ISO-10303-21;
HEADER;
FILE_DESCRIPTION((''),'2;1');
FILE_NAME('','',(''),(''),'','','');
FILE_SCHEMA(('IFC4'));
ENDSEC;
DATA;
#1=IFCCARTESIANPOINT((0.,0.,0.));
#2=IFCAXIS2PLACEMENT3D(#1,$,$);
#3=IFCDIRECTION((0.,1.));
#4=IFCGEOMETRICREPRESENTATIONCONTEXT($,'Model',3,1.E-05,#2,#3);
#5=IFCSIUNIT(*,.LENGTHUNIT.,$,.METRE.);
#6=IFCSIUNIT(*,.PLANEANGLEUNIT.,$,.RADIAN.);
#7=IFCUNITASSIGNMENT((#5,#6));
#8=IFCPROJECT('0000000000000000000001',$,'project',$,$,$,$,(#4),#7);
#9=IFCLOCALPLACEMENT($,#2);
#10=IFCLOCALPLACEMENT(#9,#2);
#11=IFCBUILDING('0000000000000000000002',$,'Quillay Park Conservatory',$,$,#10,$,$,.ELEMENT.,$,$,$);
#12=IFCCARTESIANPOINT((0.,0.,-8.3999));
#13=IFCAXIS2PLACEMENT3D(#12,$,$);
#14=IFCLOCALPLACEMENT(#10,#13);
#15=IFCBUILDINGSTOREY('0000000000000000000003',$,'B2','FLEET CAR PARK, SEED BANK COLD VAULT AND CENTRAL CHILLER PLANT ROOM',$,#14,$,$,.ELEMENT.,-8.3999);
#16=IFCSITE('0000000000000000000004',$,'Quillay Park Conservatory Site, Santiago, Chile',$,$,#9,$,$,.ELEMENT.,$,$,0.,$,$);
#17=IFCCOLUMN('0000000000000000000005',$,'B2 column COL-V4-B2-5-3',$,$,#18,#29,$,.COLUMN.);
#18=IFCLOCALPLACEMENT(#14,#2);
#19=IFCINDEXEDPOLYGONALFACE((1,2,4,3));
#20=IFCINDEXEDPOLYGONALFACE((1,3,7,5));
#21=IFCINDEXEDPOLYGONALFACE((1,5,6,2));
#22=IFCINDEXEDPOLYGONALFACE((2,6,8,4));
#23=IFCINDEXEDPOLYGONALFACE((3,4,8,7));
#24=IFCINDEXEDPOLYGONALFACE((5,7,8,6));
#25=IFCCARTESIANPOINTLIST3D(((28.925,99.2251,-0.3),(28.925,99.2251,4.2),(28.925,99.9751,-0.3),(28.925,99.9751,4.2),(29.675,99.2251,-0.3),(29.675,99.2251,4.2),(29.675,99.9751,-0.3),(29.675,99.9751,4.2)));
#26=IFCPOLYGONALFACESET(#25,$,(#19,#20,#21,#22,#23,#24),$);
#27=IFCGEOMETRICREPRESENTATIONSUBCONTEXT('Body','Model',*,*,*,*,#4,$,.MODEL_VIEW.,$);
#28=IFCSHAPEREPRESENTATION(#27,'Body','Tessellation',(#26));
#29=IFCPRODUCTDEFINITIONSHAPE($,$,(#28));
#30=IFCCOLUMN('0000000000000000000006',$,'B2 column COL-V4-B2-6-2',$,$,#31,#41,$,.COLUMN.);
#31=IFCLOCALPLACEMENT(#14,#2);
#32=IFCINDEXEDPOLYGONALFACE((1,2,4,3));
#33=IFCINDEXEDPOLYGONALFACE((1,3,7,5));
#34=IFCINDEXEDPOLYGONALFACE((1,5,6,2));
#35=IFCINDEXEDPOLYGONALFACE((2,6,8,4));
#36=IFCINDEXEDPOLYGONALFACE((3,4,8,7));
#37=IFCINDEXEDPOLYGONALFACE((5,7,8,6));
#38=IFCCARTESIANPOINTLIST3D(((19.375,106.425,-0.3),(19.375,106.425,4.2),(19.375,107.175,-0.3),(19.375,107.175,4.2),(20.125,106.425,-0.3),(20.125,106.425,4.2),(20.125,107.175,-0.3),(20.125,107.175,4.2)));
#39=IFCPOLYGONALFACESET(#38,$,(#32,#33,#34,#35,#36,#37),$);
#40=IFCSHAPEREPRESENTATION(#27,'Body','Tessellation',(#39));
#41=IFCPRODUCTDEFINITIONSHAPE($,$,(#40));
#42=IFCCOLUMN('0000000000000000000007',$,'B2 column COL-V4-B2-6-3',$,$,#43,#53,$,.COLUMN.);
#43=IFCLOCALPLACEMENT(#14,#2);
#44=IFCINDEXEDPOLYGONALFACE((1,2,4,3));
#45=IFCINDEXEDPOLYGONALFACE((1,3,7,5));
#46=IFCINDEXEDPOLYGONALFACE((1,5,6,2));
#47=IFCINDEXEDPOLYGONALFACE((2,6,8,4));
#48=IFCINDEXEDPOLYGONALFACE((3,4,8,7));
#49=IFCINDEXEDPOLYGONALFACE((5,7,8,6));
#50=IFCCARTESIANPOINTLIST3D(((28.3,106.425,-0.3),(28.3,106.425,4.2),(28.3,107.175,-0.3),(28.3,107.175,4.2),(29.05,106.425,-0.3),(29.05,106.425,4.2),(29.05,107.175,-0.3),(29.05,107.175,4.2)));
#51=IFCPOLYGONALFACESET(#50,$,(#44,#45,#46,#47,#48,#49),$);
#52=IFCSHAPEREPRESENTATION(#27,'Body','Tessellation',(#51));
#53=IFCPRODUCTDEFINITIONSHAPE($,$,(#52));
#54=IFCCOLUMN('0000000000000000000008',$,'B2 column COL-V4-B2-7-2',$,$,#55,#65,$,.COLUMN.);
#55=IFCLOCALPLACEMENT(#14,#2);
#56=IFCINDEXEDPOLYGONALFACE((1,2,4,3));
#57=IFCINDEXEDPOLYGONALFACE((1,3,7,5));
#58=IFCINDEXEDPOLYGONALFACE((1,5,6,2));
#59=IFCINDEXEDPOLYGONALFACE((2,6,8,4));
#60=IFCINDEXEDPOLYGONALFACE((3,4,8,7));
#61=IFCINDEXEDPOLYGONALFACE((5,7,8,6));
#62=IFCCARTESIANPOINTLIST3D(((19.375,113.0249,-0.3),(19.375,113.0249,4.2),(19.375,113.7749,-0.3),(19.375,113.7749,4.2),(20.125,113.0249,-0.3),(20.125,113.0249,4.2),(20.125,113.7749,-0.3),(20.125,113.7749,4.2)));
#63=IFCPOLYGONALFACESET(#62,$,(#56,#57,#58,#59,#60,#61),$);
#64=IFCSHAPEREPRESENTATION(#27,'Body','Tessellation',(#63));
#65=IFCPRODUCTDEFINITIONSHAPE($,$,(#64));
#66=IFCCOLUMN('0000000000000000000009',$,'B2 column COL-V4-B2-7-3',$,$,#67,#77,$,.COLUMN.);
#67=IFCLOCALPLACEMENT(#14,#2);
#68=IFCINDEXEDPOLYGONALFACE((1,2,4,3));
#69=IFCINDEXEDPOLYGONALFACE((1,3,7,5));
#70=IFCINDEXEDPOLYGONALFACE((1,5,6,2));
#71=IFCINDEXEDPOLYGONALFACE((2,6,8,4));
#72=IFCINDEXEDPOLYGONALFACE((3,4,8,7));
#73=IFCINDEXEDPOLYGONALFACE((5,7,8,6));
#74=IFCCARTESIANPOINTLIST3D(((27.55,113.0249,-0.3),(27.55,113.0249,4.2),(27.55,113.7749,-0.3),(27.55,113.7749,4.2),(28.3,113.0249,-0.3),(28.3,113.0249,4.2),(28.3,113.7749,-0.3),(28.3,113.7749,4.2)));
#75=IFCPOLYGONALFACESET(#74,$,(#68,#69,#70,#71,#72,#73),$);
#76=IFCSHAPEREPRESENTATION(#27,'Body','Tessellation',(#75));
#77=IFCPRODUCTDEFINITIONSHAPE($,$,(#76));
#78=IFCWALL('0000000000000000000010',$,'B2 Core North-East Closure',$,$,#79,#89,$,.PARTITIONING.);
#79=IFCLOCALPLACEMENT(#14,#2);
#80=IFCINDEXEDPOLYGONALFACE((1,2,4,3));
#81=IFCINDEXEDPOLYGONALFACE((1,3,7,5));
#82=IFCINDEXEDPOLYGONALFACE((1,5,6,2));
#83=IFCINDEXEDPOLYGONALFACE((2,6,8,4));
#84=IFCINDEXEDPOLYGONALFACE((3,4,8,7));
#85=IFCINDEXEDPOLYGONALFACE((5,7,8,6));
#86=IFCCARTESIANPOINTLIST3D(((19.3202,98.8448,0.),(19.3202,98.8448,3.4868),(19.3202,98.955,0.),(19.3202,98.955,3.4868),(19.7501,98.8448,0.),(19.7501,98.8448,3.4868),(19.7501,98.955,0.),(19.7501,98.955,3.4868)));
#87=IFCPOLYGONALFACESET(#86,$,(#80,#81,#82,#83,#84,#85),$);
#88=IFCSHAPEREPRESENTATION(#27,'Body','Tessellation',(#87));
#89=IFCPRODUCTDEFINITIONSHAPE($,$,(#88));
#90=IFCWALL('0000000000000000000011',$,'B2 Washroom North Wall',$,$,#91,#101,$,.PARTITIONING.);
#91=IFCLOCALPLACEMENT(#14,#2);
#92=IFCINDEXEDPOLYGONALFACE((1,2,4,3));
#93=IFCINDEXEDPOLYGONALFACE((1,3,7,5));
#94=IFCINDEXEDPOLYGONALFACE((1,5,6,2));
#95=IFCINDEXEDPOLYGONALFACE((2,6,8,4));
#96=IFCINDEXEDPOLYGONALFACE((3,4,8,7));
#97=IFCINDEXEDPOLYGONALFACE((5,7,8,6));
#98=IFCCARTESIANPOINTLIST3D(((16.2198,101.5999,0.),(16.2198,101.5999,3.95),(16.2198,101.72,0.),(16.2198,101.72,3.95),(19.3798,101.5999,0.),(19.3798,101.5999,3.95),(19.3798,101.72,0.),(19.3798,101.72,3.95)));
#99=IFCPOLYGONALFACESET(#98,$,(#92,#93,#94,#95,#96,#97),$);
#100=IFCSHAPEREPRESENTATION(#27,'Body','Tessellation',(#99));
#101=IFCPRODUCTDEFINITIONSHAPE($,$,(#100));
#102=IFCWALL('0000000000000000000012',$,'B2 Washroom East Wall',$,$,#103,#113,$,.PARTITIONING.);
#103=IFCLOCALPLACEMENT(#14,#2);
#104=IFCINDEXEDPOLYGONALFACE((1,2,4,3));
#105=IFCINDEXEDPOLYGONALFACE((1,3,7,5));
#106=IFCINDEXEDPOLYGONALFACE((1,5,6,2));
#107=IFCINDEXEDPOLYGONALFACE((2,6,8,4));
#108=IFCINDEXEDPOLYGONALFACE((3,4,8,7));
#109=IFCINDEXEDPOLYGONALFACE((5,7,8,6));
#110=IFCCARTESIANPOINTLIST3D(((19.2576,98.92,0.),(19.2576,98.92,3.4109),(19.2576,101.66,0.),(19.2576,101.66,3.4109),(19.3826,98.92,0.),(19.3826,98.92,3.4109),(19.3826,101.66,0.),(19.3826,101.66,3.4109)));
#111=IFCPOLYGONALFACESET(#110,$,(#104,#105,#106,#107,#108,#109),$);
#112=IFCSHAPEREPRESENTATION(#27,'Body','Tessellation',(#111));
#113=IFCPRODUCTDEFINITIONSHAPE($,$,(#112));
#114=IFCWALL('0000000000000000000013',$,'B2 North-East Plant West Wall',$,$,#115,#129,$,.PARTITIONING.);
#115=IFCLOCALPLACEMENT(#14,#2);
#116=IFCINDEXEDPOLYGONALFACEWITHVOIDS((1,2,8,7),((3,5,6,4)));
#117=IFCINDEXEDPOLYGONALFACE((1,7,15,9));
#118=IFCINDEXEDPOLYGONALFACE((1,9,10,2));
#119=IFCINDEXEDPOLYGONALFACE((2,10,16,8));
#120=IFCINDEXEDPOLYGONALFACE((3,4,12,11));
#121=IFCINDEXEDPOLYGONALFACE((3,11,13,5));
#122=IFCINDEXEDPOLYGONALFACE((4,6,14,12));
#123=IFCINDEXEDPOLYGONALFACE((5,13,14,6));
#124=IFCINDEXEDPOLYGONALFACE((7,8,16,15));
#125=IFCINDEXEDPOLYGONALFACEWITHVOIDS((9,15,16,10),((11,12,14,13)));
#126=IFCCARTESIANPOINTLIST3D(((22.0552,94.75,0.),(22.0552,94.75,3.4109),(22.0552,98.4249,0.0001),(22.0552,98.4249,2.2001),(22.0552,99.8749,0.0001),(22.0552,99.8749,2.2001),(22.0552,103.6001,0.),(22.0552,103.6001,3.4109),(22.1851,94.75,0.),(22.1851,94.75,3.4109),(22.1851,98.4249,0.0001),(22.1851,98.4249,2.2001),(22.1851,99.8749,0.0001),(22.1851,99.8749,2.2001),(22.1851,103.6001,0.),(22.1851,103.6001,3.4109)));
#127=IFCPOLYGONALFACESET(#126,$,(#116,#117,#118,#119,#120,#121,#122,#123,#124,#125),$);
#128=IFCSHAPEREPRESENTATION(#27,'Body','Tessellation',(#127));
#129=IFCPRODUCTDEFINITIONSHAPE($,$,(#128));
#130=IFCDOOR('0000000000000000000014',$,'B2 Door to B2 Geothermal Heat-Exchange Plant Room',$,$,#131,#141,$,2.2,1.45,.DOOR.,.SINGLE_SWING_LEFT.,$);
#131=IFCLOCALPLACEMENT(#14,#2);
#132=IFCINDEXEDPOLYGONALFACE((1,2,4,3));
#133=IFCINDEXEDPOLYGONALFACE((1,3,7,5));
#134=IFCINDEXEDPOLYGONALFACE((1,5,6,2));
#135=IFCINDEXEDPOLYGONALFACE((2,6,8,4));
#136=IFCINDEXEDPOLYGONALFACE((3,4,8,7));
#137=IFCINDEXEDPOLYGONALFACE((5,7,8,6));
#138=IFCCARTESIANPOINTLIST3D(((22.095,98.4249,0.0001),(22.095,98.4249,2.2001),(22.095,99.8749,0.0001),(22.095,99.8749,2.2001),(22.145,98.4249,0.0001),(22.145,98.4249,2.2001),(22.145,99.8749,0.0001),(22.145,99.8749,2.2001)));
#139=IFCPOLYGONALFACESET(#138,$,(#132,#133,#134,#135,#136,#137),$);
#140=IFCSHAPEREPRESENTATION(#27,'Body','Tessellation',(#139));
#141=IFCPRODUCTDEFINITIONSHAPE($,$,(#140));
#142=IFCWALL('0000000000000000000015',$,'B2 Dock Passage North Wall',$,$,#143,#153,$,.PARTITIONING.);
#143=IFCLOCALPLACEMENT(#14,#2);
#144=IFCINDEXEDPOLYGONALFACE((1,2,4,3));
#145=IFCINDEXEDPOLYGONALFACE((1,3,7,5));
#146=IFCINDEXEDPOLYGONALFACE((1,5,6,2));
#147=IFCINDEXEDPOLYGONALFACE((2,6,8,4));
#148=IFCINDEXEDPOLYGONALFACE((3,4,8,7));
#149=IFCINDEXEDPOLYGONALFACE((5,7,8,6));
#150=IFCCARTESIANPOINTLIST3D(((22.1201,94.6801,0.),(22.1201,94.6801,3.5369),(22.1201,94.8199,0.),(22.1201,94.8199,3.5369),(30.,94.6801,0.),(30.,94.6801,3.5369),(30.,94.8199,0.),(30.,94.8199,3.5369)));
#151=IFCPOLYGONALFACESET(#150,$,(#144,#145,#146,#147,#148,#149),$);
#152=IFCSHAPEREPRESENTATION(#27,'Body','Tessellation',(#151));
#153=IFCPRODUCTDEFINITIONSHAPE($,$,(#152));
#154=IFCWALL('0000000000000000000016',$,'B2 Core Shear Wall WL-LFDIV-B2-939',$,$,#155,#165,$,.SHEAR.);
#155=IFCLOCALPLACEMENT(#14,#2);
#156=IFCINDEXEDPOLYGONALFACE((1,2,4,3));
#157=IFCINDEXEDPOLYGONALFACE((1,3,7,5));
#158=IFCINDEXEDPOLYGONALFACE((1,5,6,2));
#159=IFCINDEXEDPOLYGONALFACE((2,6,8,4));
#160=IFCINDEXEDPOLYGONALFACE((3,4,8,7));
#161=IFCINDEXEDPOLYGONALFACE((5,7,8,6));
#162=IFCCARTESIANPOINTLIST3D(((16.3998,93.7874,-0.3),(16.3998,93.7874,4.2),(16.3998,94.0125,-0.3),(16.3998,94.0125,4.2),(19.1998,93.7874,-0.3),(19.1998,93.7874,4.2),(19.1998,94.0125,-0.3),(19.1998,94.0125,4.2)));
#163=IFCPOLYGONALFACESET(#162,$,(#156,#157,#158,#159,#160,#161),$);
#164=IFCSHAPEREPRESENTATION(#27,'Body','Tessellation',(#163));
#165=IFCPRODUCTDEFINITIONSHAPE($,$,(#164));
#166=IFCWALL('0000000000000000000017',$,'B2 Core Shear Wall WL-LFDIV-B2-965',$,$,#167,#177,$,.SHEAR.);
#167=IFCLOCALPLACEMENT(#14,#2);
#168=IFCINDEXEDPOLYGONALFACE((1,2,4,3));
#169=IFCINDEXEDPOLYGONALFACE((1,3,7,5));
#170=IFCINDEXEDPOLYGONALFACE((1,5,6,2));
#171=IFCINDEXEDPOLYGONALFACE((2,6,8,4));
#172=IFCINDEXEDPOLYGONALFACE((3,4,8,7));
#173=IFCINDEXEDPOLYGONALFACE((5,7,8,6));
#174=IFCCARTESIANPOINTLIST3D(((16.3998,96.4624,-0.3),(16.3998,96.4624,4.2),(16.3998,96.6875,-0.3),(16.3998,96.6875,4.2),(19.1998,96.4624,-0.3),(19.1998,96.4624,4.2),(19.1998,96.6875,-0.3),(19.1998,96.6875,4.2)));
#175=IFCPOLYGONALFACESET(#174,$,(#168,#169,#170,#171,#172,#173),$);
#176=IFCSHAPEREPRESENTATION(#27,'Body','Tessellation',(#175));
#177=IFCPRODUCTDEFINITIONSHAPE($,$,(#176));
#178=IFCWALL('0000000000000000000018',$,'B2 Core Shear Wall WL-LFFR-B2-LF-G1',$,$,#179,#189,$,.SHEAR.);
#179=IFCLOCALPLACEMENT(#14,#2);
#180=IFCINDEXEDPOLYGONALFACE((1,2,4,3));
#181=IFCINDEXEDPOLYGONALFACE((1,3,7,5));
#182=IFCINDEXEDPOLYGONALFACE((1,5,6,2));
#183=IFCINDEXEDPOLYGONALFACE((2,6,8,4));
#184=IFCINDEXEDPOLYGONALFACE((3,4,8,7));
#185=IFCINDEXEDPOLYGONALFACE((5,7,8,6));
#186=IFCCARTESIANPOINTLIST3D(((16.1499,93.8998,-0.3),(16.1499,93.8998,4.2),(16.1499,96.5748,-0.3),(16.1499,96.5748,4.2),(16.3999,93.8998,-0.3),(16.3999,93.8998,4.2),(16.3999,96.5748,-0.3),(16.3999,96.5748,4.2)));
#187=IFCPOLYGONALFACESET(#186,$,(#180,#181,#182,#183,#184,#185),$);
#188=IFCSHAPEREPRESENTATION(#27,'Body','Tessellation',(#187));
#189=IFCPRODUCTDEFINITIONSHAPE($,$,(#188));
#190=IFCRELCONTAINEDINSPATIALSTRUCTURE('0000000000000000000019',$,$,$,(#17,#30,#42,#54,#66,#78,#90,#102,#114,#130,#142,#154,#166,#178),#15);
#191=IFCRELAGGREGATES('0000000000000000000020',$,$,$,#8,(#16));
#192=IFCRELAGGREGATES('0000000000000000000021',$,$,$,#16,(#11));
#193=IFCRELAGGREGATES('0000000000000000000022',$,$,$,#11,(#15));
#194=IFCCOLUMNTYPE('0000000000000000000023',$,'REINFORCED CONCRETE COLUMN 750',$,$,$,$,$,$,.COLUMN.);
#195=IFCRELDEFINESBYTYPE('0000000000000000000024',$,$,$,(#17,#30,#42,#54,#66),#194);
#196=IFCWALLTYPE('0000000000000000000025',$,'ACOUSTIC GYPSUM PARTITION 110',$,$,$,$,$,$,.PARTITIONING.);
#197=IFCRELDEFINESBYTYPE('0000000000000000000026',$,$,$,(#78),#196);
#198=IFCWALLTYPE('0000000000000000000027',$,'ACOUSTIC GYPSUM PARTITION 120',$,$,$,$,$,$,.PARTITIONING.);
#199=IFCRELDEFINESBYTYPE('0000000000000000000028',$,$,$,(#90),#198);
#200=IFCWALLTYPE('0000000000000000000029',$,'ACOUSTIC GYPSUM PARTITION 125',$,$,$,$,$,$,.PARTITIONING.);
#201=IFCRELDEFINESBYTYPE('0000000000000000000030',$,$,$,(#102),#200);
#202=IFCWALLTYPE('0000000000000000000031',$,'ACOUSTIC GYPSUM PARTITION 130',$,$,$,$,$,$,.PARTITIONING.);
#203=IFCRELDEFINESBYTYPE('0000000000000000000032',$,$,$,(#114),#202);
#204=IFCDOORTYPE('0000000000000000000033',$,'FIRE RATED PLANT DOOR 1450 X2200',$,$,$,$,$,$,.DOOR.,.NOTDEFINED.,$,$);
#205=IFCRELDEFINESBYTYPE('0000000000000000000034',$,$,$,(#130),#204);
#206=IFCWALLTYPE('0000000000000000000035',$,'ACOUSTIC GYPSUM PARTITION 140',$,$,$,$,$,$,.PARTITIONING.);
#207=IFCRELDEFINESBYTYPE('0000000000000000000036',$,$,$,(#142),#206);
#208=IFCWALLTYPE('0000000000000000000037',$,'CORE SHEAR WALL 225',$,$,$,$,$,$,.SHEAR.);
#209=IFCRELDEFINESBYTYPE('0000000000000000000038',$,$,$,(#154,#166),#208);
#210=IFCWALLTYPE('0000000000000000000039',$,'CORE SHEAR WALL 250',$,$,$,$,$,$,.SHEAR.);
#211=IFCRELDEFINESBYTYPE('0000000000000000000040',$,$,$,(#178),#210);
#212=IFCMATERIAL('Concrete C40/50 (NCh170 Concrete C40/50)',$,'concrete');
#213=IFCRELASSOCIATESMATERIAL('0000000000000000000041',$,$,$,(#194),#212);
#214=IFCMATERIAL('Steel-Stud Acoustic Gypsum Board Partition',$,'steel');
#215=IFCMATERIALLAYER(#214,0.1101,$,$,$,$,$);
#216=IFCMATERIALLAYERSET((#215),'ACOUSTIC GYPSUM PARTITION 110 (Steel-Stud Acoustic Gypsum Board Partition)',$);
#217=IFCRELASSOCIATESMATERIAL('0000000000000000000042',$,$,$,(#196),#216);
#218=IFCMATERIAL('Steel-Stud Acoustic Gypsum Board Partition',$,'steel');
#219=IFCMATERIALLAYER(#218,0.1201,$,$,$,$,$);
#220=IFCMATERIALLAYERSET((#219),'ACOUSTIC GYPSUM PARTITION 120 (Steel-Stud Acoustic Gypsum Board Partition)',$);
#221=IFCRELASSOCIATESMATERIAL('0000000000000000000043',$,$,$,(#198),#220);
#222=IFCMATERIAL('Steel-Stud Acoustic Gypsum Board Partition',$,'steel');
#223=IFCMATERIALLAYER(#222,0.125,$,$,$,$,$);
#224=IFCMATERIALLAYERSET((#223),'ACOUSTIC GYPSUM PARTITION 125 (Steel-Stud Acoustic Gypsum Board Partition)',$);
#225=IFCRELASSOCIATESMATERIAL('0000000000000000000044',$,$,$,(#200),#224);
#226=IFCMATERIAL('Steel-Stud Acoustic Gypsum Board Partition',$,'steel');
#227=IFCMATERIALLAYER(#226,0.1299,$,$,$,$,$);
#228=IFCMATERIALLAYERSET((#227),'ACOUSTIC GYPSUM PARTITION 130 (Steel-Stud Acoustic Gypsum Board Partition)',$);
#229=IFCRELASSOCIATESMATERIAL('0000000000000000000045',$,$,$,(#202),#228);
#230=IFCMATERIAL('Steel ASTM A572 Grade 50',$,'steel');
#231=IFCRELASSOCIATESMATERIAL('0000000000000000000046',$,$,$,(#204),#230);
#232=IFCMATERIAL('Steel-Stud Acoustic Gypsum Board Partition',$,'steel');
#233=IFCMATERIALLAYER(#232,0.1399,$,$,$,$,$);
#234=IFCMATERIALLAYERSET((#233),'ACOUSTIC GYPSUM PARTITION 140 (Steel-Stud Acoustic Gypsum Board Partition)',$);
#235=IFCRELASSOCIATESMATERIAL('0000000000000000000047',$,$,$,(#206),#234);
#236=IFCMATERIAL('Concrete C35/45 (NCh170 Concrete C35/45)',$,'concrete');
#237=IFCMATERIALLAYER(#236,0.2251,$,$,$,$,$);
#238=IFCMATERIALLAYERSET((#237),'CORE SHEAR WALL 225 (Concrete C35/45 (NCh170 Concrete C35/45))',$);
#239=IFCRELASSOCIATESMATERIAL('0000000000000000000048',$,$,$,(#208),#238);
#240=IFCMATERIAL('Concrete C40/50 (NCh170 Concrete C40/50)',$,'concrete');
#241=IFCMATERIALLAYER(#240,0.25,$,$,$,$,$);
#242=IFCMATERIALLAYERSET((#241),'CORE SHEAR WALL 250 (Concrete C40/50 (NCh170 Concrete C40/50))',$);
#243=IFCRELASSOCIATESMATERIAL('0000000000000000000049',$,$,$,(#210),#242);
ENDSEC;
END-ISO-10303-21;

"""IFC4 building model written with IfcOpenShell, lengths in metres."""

from ifc_helpers import new_model, si_unit, direction, frame, frame_2d, origin, origin_2d, place, context, subcontext, project, spatial, rectangle, extrude, material, layer, layer_set, material_profile, profile_set, type_object, element, fill, save


model = new_model("IFC4")

# Units and contexts
model_context = context("Model", 3, precision=1e-05, world=origin(), true_north=direction((0.0, 1.0)))
body_context = subcontext(model_context, "Body", "Model", "MODEL_VIEW")
ifc_project = project(units=[si_unit("LENGTHUNIT", "METRE"), si_unit("PLANEANGLEUNIT", "RADIAN")], contexts=[model_context])

# Site, building, storey
site_placement = place(None, origin())
site = spatial("IfcSite", under=ifc_project, at=site_placement, Name="Quillay Park Conservatory Site, Santiago, Chile", CompositionType="ELEMENT", RefElevation=0.0)
building_placement = place(site_placement, origin())
building = spatial("IfcBuilding", under=site, at=building_placement, Name="Quillay Park Conservatory", CompositionType="ELEMENT")
storey_placement = place(building_placement, frame((0.0, 0.0, -8.3999)))
storey = spatial("IfcBuildingStorey", under=building, at=storey_placement, Name="B2", Description="FLEET CAR PARK, SEED BANK COLD VAULT AND CENTRAL CHILLER PLANT ROOM", CompositionType="ELEMENT", Elevation=-8.3999)

# Columns
ifc_material_1 = material(Name="Concrete C40/50 (NCh170 Concrete C40/50)", Category="concrete")
ifc_material_profile_1 = material_profile(ifc_material_1, rectangle(XDim=0.75, YDim=0.75, at=origin_2d()), Name="RC750x750")
ifc_profile_set_1 = profile_set([ifc_material_profile_1], Name="Concrete C40/50 (NCh170 Concrete C40/50)")
column_type = type_object("IfcColumnType", Name="REINFORCED CONCRETE COLUMN 750", PredefinedType="COLUMN", material=ifc_profile_set_1)
for number, where, z_axis, x_axis, name in (
    (1, (29.3, 99.6001, -0.3), (0.0, 0.0, 1.0), (1.0, 0.0, 0.0), "B2 column COL-V4-B2-5-3"),
    (2, (19.75, 106.8, -0.3), (0.0, 0.0, 1.0), (1.0, 0.0, 0.0), "B2 column COL-V4-B2-6-2"),
    (3, (28.675, 106.8, -0.3), (0.0, 0.0, 1.0), (1.0, 0.0, 0.0), "B2 column COL-V4-B2-6-3"),
    (4, (19.75, 113.3999, -0.3), (0.0, 0.0, 1.0), (1.0, 0.0, 0.0), "B2 column COL-V4-B2-7-2"),
    (5, (27.925, 113.3999, -0.3), (0.0, 0.0, 1.0), (1.0, 0.0, 0.0), "B2 column COL-V4-B2-7-3"),
):
    element("IfcColumn", number, at=place(storey_placement, frame(where, z_axis=z_axis, x_axis=x_axis)), inside=storey, type_object=column_type, Name=name, PredefinedType="COLUMN", context=body_context, shape_type="SweptSolid", body=[
        extrude(rectangle(XDim=0.75, YDim=0.75, at=origin_2d()), origin(), (0.0, 0.0, 1.0), 4.5),
    ])

# Wall
ifc_material_2 = material(Name="Steel-Stud Acoustic Gypsum Board Partition", Category="steel")
ifc_layer_1 = layer(ifc_material_2, 0.1101)
ifc_layer_set_1 = layer_set([ifc_layer_1], Name="ACOUSTIC GYPSUM PARTITION 110 (Steel-Stud Acoustic Gypsum Board Partition)")
wall_type_1 = type_object("IfcWallType", Name="ACOUSTIC GYPSUM PARTITION 110", PredefinedType="PARTITIONING", material=ifc_layer_set_1)
wall_1_placement = place(storey_placement, frame((19.75, 98.8999, 0.0), z_axis=(0.0, 0.0, 1.0), x_axis=(-1.0, 0.0, 0.0)))
element("IfcWall", 6, at=wall_1_placement, inside=storey, type_object=wall_type_1, Name="B2 Core North-East Closure", PredefinedType="PARTITIONING", context=body_context, shape_type="SweptSolid", body=[
    extrude(rectangle(XDim=0.4299, YDim=0.1101, at=frame_2d((0.2148, 0.0))), origin(), (0.0, 0.0, 1.0), 3.4868),
])

# Walls
ifc_material_3 = material(Name="Steel-Stud Acoustic Gypsum Board Partition", Category="steel")
ifc_layer_2 = layer(ifc_material_3, 0.1201)
ifc_layer_set_2 = layer_set([ifc_layer_2], Name="ACOUSTIC GYPSUM PARTITION 120 (Steel-Stud Acoustic Gypsum Board Partition)")
wall_type_2 = type_object("IfcWallType", Name="ACOUSTIC GYPSUM PARTITION 120", PredefinedType="PARTITIONING", material=ifc_layer_set_2)
wall_2_placement = place(storey_placement, frame((19.3799, 101.6599, 0.0), z_axis=(0.0, 0.0, 1.0), x_axis=(-1.0, 0.0, 0.0)))
element("IfcWall", 7, at=wall_2_placement, inside=storey, type_object=wall_type_2, Name="B2 Washroom North Wall", PredefinedType="PARTITIONING", context=body_context, shape_type="SweptSolid", body=[
    extrude(rectangle(XDim=3.1599, YDim=0.1201, at=frame_2d((1.5801, 0.0))), origin(), (0.0, 0.0, 1.0), 3.95),
])
ifc_material_4 = material(Name="Steel-Stud Acoustic Gypsum Board Partition", Category="steel")
ifc_layer_3 = layer(ifc_material_4, 0.125)
ifc_layer_set_3 = layer_set([ifc_layer_3], Name="ACOUSTIC GYPSUM PARTITION 125 (Steel-Stud Acoustic Gypsum Board Partition)")
wall_type_3 = type_object("IfcWallType", Name="ACOUSTIC GYPSUM PARTITION 125", PredefinedType="PARTITIONING", material=ifc_layer_set_3)
wall_3_placement = place(storey_placement, frame((19.3201, 98.9199, 0.0), z_axis=(0.0, 0.0, 1.0), x_axis=(0.0, 1.0, 0.0)))
element("IfcWall", 8, at=wall_3_placement, inside=storey, type_object=wall_type_3, Name="B2 Washroom East Wall", PredefinedType="PARTITIONING", context=body_context, shape_type="SweptSolid", body=[
    extrude(rectangle(XDim=2.74, YDim=0.125, at=frame_2d((1.3701, 0.0))), origin(), (0.0, 0.0, 1.0), 3.4109),
])

# Wall, opening, door
ifc_material_5 = material(Name="Steel-Stud Acoustic Gypsum Board Partition", Category="steel")
ifc_layer_4 = layer(ifc_material_5, 0.1299)
ifc_layer_set_4 = layer_set([ifc_layer_4], Name="ACOUSTIC GYPSUM PARTITION 130 (Steel-Stud Acoustic Gypsum Board Partition)")
wall_type_4 = type_object("IfcWallType", Name="ACOUSTIC GYPSUM PARTITION 130", PredefinedType="PARTITIONING", material=ifc_layer_set_4)
wall_4_placement = place(storey_placement, frame((22.1201, 103.6001, 0.0), z_axis=(0.0, 0.0, 1.0), x_axis=(0.0, -1.0, 0.0)))
wall_4 = element("IfcWall", 9, at=wall_4_placement, inside=storey, type_object=wall_type_4, Name="B2 North-East Plant West Wall", PredefinedType="PARTITIONING", context=body_context, shape_type="SweptSolid", body=[
    extrude(rectangle(XDim=8.8501, YDim=0.1299, at=frame_2d((4.425, 0.0))), origin(), (0.0, 0.0, 1.0), 3.4109),
])
opening_1_placement = place(wall_4_placement, frame((3.7251, 0.0, 0.0)))
opening_1 = element("IfcOpeningElement", 10, at=opening_1_placement, cuts=wall_4, PredefinedType="OPENING", context=body_context, shape_type="SweptSolid", body=[
    extrude(rectangle(XDim=1.45, YDim=2.2, at=frame_2d((0.7251, 1.1001))), frame((0.0, 0.0649, 0.0), z_axis=(0.0, -1.0, 0.0), x_axis=(1.0, 0.0, 0.0)), (0.0, 0.0, 1.0), 0.1299),
])
ifc_material_6 = material(Name="Steel ASTM A572 Grade 50", Category="steel")
door_type_1 = type_object("IfcDoorType", Name="FIRE RATED PLANT DOOR 1450 X2200", OperationType="NOTDEFINED", PredefinedType="DOOR", material=ifc_material_6)
door_1_placement = place(opening_1_placement, origin())
door_1 = element("IfcDoor", 11, at=door_1_placement, inside=storey, type_object=door_type_1, Name="B2 Door to B2 Geothermal Heat-Exchange Plant Room", OperationType="SINGLE_SWING_LEFT", OverallHeight=2.2, OverallWidth=1.45, PredefinedType="DOOR", context=body_context, shape_type="SweptSolid", body=[
    extrude(rectangle(XDim=1.45, YDim=2.2, at=frame_2d((0.7251, 1.1001))), frame((0.0, 0.0249, 0.0), z_axis=(0.0, -1.0, 0.0), x_axis=(1.0, 0.0, 0.0)), (0.0, 0.0, 1.0), 0.05),
])
fill(opening_1, door_1)

# Walls
ifc_material_7 = material(Name="Steel-Stud Acoustic Gypsum Board Partition", Category="steel")
ifc_layer_5 = layer(ifc_material_7, 0.1399)
ifc_layer_set_5 = layer_set([ifc_layer_5], Name="ACOUSTIC GYPSUM PARTITION 140 (Steel-Stud Acoustic Gypsum Board Partition)")
wall_type_5 = type_object("IfcWallType", Name="ACOUSTIC GYPSUM PARTITION 140", PredefinedType="PARTITIONING", material=ifc_layer_set_5)
wall_5_placement = place(storey_placement, frame((22.1201, 94.75, 0.0), z_axis=(0.0, 0.0, 1.0), x_axis=(1.0, 0.0, 0.0)))
element("IfcWall", 12, at=wall_5_placement, inside=storey, type_object=wall_type_5, Name="B2 Dock Passage North Wall", PredefinedType="PARTITIONING", context=body_context, shape_type="SweptSolid", body=[
    extrude(rectangle(XDim=7.8799, YDim=0.1399, at=frame_2d((3.9399, 0.0))), origin(), (0.0, 0.0, 1.0), 3.5369),
])
ifc_material_8 = material(Name="Concrete C35/45 (NCh170 Concrete C35/45)", Category="concrete")
ifc_layer_6 = layer(ifc_material_8, 0.2251)
ifc_layer_set_6 = layer_set([ifc_layer_6], Name="CORE SHEAR WALL 225 (Concrete C35/45 (NCh170 Concrete C35/45))")
wall_type_6 = type_object("IfcWallType", Name="CORE SHEAR WALL 225", PredefinedType="SHEAR", material=ifc_layer_set_6)
for number, where, z_axis, x_axis, name in (
    (13, (16.3999, 93.8999, -0.3), (0.0, 0.0, 1.0), (1.0, 0.0, 0.0), "B2 Core Shear Wall WL-LFDIV-B2-939"),
    (14, (16.3999, 96.575, -0.3), (0.0, 0.0, 1.0), (1.0, 0.0, 0.0), "B2 Core Shear Wall WL-LFDIV-B2-965"),
):
    element("IfcWall", number, at=place(storey_placement, frame(where, z_axis=z_axis, x_axis=x_axis)), inside=storey, type_object=wall_type_6, Name=name, PredefinedType="SHEAR", context=body_context, shape_type="SweptSolid", body=[
        extrude(rectangle(XDim=2.8, YDim=0.2251, at=frame_2d((1.3999, 0.0))), origin(), (0.0, 0.0, 1.0), 4.5),
    ])
ifc_material_9 = material(Name="Concrete C40/50 (NCh170 Concrete C40/50)", Category="concrete")
ifc_layer_7 = layer(ifc_material_9, 0.25)
ifc_layer_set_7 = layer_set([ifc_layer_7], Name="CORE SHEAR WALL 250 (Concrete C40/50 (NCh170 Concrete C40/50))")
wall_type_7 = type_object("IfcWallType", Name="CORE SHEAR WALL 250", PredefinedType="SHEAR", material=ifc_layer_set_7)
wall_6_placement = place(storey_placement, frame((16.2749, 93.8999, -0.3), z_axis=(0.0, 0.0, 1.0), x_axis=(0.0, 1.0, 0.0)))
element("IfcWall", 15, at=wall_6_placement, inside=storey, type_object=wall_type_7, Name="B2 Core Shear Wall WL-LFFR-B2-LF-G1", PredefinedType="SHEAR", context=body_context, shape_type="SweptSolid", body=[
    extrude(rectangle(XDim=2.675, YDim=0.25, at=frame_2d((1.3374, 0.0))), origin(), (0.0, 0.0, 1.0), 4.5),
])

save(model, "model.ifc")
